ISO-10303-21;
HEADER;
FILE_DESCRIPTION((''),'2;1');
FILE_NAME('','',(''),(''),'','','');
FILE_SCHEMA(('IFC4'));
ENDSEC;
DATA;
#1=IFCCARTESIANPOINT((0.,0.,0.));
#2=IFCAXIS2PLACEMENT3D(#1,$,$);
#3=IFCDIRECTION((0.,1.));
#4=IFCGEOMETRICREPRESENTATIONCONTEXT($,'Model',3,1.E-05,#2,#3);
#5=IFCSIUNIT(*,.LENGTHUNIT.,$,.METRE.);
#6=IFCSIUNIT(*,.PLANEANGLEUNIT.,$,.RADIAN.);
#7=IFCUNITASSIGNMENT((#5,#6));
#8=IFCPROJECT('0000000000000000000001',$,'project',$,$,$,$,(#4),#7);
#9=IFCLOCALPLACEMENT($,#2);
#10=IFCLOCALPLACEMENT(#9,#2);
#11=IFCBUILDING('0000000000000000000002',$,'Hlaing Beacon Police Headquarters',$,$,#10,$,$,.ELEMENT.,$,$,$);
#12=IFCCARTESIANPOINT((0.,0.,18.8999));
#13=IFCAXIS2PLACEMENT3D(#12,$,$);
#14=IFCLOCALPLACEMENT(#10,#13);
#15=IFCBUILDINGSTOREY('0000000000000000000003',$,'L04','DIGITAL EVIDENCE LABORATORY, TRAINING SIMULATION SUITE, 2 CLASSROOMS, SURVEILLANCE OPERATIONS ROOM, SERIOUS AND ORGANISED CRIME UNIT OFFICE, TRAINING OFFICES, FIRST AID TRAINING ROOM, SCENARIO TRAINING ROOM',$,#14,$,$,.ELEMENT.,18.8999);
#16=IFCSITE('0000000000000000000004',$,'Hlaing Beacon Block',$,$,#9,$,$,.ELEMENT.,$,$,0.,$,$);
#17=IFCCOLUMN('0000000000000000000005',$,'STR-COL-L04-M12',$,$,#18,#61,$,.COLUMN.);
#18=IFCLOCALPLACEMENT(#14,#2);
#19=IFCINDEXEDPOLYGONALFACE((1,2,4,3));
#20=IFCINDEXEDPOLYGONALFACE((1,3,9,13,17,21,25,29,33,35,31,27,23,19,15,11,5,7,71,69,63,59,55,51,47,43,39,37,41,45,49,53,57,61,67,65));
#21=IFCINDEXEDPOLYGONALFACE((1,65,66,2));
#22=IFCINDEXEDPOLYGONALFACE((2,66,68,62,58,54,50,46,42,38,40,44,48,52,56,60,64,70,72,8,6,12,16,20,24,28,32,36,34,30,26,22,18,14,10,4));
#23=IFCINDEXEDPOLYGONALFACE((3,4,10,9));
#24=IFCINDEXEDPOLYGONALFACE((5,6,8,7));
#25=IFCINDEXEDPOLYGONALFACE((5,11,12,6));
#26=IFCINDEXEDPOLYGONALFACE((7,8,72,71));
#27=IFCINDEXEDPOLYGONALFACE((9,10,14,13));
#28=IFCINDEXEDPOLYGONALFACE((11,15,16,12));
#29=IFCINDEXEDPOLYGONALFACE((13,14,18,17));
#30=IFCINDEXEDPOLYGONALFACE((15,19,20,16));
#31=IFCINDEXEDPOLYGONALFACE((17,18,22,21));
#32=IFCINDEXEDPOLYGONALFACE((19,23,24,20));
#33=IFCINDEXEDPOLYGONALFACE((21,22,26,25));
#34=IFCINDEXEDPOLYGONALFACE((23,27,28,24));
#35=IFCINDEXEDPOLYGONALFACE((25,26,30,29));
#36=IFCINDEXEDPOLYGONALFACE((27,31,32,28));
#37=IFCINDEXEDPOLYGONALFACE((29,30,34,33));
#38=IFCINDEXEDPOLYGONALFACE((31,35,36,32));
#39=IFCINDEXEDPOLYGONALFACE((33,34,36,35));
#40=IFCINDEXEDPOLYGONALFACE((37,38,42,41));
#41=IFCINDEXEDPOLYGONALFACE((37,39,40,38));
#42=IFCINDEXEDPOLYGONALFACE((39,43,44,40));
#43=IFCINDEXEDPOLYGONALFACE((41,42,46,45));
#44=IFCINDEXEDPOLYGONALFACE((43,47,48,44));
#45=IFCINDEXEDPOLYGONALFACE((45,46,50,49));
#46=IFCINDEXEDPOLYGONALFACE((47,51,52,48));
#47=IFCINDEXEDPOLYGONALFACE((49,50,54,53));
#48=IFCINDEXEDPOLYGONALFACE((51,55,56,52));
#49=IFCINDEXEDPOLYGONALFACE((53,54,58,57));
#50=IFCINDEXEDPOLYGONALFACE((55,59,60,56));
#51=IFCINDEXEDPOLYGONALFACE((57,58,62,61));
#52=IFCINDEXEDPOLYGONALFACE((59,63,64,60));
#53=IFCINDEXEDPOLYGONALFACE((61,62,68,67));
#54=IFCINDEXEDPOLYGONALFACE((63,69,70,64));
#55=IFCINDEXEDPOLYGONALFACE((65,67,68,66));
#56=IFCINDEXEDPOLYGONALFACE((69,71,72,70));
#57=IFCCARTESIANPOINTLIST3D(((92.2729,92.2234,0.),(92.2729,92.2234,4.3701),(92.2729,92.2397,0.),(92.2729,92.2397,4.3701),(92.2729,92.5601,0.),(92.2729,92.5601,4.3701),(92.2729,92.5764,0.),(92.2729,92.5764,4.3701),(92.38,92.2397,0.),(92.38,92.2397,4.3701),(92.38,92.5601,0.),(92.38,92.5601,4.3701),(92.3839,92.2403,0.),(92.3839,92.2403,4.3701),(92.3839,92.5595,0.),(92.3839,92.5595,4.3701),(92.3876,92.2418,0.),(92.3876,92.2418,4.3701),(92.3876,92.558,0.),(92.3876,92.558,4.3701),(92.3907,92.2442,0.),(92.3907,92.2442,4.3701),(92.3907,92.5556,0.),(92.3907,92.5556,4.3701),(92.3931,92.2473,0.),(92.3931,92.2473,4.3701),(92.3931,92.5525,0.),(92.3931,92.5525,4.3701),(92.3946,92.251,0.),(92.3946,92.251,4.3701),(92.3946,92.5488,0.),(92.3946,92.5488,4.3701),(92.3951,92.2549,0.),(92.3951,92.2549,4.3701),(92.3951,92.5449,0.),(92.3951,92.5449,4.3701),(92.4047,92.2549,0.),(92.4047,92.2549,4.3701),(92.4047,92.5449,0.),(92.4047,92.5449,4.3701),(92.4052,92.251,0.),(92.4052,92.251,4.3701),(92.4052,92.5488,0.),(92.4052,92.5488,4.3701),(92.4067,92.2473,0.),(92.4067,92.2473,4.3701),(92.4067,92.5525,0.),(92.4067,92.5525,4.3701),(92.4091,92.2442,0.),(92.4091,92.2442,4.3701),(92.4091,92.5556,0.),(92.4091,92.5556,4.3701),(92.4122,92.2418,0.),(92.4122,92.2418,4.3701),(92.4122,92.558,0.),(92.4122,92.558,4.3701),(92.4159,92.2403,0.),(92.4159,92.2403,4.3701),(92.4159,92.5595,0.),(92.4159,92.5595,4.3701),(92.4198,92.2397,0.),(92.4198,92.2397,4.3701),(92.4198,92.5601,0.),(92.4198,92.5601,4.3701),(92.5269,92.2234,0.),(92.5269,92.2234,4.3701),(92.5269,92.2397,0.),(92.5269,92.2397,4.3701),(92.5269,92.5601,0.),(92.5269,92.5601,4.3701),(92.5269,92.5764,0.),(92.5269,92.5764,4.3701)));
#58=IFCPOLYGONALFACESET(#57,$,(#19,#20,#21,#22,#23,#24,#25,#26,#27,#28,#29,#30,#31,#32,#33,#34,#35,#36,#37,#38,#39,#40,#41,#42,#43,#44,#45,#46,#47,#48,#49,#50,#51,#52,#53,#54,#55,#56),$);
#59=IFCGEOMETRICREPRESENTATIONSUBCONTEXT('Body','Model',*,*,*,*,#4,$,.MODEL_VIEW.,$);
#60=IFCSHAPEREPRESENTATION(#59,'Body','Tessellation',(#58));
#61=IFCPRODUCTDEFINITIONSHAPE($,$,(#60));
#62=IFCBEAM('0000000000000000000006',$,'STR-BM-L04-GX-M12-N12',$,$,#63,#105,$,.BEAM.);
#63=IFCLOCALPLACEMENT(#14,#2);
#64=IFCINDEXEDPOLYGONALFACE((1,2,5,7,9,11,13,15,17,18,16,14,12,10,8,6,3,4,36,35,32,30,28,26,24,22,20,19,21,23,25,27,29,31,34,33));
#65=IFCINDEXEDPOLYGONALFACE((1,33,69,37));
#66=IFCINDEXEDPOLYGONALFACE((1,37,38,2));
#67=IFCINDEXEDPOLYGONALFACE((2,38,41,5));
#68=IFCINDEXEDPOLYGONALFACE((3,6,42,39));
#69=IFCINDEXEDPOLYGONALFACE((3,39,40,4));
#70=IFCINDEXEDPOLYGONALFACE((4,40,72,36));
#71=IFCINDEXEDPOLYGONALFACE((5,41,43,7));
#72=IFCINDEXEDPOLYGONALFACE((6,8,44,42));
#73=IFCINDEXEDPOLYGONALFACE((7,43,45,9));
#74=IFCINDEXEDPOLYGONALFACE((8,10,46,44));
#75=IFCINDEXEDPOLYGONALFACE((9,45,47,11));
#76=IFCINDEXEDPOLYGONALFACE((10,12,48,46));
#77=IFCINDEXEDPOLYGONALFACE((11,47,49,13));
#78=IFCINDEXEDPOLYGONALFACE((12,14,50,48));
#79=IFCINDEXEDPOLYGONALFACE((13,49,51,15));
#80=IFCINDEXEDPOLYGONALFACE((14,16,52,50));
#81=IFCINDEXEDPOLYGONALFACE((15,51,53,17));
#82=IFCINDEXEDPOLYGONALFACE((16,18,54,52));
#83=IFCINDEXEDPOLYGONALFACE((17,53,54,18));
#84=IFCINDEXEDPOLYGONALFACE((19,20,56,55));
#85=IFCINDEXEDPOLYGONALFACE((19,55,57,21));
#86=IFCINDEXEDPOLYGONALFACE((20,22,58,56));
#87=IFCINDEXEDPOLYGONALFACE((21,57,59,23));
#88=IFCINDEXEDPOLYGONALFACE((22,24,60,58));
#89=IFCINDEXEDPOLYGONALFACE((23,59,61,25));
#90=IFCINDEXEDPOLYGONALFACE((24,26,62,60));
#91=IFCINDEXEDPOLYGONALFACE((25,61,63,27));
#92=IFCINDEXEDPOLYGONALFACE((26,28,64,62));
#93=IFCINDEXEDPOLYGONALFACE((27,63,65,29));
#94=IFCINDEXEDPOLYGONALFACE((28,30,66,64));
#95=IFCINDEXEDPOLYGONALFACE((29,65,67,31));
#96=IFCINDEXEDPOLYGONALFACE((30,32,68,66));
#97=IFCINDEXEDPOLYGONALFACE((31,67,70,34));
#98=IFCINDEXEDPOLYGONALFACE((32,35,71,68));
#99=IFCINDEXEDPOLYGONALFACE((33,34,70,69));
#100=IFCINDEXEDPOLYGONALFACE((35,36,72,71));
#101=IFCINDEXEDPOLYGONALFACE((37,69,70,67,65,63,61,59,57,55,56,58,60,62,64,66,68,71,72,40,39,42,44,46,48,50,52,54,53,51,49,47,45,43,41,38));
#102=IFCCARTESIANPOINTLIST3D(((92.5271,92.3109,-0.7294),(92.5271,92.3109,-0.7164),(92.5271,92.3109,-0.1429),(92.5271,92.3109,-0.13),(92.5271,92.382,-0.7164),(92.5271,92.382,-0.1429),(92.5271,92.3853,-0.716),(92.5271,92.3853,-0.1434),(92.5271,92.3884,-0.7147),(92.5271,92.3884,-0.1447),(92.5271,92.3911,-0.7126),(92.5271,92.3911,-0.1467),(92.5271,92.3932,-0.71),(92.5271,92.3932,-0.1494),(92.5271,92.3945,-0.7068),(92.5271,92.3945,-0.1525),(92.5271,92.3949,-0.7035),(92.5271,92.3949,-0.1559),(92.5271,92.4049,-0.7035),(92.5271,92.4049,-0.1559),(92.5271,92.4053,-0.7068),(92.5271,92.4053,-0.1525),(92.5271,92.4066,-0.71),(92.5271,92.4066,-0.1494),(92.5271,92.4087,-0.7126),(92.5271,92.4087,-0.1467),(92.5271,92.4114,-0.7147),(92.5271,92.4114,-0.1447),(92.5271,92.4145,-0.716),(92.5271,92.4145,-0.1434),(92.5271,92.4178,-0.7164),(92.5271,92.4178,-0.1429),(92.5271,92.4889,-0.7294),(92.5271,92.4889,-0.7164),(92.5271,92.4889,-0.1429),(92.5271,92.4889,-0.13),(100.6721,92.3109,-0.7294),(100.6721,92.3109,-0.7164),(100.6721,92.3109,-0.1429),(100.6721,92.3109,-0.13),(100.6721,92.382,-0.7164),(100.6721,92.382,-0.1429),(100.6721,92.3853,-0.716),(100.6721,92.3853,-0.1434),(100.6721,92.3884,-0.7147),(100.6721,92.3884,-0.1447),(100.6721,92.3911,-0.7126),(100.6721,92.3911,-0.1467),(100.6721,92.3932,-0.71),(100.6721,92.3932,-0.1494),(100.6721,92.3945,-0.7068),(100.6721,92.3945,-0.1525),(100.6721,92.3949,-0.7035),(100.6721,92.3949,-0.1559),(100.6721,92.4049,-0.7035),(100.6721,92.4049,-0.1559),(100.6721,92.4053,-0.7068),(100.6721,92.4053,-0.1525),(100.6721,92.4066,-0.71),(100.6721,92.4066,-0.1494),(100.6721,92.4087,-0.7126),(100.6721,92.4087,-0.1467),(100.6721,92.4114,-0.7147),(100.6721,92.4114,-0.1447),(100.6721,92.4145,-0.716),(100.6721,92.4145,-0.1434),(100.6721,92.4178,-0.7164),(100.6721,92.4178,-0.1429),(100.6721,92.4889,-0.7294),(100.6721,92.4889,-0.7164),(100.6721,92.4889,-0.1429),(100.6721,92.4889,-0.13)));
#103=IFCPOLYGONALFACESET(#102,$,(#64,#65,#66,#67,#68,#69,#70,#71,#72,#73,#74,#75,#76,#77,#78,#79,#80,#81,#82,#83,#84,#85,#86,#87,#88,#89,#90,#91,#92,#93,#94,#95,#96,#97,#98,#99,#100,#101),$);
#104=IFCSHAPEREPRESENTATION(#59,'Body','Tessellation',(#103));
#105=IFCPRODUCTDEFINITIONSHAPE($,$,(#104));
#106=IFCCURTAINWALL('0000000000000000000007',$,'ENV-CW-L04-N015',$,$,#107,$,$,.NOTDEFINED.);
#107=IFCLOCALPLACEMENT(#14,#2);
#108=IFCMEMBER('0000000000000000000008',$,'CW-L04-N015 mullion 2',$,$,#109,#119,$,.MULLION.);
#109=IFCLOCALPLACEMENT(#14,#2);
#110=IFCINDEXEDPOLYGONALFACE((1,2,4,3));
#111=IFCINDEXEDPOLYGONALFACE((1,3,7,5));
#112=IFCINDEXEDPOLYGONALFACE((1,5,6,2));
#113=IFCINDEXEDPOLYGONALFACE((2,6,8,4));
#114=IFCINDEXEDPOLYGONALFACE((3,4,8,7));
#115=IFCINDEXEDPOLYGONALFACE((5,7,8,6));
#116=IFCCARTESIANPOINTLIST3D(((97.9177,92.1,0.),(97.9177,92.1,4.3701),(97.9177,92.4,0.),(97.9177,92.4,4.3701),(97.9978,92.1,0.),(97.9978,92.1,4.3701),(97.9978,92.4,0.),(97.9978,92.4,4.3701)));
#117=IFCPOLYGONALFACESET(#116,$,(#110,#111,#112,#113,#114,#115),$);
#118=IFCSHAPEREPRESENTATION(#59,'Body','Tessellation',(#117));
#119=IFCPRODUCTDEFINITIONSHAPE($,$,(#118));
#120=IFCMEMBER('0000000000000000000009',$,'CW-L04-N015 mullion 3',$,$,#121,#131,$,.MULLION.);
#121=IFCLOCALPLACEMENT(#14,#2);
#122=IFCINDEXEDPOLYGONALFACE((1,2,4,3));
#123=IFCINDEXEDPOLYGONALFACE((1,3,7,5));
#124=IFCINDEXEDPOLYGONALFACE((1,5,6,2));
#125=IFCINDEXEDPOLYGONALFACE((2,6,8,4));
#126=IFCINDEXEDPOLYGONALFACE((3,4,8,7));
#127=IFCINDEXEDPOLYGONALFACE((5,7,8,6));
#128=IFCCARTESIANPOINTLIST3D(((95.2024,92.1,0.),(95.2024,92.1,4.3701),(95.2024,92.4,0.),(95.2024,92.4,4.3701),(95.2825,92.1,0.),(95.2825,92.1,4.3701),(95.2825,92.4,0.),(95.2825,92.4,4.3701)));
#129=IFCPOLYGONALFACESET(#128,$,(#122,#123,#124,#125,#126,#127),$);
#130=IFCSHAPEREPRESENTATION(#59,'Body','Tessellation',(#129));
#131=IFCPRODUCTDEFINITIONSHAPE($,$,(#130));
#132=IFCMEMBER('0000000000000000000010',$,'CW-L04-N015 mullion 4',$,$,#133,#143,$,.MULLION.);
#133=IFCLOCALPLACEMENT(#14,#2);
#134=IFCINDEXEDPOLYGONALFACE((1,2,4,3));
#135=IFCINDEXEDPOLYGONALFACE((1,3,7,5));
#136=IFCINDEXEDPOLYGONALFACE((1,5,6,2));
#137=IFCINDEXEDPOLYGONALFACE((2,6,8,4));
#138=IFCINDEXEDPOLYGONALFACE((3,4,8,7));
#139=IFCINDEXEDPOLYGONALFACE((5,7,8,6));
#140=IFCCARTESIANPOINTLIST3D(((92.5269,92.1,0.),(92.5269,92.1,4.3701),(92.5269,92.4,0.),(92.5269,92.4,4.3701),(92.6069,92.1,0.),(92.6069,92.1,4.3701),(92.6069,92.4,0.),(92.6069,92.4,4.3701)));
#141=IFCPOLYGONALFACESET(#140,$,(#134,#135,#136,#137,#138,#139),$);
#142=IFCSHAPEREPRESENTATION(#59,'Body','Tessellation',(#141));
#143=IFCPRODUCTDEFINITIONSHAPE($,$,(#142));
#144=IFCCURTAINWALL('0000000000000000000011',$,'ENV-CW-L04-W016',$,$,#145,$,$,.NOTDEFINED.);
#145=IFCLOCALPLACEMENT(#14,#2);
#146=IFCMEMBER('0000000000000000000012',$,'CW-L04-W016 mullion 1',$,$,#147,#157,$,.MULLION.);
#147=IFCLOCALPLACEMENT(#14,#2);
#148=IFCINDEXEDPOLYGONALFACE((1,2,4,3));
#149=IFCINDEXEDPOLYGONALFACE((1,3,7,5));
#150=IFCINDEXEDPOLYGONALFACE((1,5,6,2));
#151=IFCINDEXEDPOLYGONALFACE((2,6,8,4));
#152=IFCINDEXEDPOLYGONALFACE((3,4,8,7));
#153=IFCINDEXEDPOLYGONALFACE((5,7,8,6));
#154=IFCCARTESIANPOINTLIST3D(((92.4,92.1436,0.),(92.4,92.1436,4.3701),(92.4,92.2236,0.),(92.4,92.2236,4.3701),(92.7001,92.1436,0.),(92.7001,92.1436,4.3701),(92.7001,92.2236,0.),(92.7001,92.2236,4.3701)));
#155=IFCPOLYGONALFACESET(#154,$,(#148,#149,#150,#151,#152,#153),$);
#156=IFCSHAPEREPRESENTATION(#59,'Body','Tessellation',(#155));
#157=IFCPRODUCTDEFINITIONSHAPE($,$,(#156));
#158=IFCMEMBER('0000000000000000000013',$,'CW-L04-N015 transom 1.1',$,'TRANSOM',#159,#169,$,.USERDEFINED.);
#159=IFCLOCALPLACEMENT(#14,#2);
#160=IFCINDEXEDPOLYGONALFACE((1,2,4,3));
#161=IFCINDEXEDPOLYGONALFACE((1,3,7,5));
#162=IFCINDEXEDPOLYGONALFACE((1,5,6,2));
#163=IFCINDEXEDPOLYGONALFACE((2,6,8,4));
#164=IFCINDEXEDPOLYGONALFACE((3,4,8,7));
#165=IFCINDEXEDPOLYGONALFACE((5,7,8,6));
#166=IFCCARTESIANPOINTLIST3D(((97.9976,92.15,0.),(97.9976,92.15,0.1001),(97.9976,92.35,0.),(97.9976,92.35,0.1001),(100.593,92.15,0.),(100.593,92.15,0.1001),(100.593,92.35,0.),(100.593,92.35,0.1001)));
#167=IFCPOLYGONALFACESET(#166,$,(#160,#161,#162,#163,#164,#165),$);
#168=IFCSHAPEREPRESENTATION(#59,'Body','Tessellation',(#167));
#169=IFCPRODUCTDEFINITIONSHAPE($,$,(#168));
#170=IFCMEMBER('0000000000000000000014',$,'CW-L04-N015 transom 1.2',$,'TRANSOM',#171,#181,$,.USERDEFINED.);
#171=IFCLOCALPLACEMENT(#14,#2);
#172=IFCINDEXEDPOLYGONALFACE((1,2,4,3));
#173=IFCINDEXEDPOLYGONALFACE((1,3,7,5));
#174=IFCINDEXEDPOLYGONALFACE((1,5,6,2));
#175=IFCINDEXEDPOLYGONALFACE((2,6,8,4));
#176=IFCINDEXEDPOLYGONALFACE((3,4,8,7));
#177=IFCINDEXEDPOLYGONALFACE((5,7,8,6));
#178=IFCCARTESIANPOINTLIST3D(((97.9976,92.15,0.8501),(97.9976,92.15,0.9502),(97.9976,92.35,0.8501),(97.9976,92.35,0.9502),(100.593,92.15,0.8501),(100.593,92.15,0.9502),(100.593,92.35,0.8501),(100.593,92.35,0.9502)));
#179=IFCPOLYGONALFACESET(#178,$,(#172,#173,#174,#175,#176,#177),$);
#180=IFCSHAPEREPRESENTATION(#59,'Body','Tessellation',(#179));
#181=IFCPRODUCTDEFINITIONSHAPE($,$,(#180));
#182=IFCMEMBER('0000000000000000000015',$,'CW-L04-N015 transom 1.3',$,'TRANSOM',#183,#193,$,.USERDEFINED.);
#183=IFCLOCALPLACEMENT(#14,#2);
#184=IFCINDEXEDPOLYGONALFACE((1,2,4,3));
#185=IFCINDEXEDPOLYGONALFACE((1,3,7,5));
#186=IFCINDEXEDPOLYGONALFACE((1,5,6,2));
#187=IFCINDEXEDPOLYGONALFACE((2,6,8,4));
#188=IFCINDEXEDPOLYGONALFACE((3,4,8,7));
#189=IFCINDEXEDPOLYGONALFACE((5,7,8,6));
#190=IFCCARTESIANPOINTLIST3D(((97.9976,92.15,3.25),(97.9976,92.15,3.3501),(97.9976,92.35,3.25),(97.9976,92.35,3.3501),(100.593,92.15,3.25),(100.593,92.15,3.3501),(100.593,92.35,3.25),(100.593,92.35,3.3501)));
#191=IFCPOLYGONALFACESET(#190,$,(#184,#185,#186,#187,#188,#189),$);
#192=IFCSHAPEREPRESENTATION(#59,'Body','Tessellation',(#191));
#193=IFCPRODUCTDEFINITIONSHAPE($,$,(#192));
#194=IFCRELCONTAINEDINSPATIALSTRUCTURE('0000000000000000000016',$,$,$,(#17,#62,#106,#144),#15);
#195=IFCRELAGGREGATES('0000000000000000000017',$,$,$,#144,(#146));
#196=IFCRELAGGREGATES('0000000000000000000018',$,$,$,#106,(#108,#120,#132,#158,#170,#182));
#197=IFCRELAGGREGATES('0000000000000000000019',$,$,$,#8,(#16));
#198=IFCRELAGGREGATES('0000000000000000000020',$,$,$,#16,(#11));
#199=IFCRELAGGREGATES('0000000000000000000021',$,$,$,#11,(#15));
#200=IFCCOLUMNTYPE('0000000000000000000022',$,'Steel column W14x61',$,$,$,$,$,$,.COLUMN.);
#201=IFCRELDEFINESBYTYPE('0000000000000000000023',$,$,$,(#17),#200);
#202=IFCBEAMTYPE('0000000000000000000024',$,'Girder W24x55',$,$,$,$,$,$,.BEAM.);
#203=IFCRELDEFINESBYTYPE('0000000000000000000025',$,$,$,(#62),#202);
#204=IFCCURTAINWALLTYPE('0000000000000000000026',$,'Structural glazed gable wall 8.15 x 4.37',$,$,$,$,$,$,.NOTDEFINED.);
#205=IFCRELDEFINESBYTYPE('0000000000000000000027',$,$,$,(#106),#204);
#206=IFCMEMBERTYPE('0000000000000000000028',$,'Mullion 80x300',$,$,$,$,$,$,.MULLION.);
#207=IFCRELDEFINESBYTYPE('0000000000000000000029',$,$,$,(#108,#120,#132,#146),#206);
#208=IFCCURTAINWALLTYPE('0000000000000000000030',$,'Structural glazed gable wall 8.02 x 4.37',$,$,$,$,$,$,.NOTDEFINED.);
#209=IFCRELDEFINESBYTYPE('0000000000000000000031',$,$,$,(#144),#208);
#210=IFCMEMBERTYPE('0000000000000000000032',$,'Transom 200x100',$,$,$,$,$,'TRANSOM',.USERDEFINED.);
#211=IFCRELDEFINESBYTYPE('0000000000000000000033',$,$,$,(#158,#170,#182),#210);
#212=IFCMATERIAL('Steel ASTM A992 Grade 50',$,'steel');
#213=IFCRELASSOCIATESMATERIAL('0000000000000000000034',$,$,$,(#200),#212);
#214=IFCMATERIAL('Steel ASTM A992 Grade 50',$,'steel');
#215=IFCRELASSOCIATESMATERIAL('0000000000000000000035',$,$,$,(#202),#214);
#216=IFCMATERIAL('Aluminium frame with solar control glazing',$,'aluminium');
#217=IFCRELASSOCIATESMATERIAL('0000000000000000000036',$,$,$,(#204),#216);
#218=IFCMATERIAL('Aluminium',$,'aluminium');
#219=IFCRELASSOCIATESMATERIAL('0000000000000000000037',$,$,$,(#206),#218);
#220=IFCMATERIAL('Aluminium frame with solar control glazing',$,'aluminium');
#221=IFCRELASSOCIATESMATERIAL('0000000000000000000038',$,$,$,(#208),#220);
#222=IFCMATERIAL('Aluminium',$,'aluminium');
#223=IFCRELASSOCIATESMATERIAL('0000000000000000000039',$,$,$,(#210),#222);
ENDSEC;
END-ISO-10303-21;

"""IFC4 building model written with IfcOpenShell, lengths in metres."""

from ifc_helpers import new_model, si_unit, direction, frame, origin, origin_2d, place, context, subcontext, project, spatial, rectangle, i_section, extrude, material, material_profile, profile_set, type_object, element, aggregate, save


model = new_model("IFC4")

# Units and contexts
model_context = context("Model", 3, precision=1e-05, world=origin(), true_north=direction((0.0, 1.0)))
body_context = subcontext(model_context, "Body", "Model", "MODEL_VIEW")
ifc_project = project(units=[si_unit("LENGTHUNIT", "METRE"), si_unit("PLANEANGLEUNIT", "RADIAN")], contexts=[model_context])

# Site, building, storey
site_placement = place(None, origin())
site = spatial("IfcSite", under=ifc_project, at=site_placement, Name="Hlaing Beacon Block", CompositionType="ELEMENT", RefElevation=0.0)
building_placement = place(site_placement, origin())
building = spatial("IfcBuilding", under=site, at=building_placement, Name="Hlaing Beacon Police Headquarters", CompositionType="ELEMENT")
storey_placement = place(building_placement, frame((0.0, 0.0, 18.8999)))
storey = spatial("IfcBuildingStorey", under=building, at=storey_placement, Name="L04", Description="DIGITAL EVIDENCE LABORATORY, TRAINING SIMULATION SUITE, 2 CLASSROOMS, SURVEILLANCE OPERATIONS ROOM, SERIOUS AND ORGANISED CRIME UNIT OFFICE, TRAINING OFFICES, FIRST AID TRAINING ROOM, SCENARIO TRAINING ROOM", CompositionType="ELEMENT", Elevation=18.8999)

# Column
ifc_material_1 = material(Name="Steel ASTM A992 Grade 50", Category="steel")
ifc_material_profile_1 = material_profile(ifc_material_1, i_section(OverallWidth=0.2539, OverallDepth=0.353, WebThickness=0.0095, FlangeThickness=0.0164, FilletRadius=0.0151, at=origin_2d()), Name="W14x61")
ifc_profile_set_1 = profile_set([ifc_material_profile_1], Name="Steel ASTM A992 Grade 50")
column_type = type_object("IfcColumnType", Name="Steel column W14x61", PredefinedType="COLUMN", material=ifc_profile_set_1)
column_placement = place(storey_placement, frame((92.3999, 92.3999, 0.0), z_axis=(0.0, 0.0, 1.0), x_axis=(1.0, 0.0, 0.0)))
element("IfcColumn", 1, at=column_placement, inside=storey, type_object=column_type, Name="STR-COL-L04-M12", PredefinedType="COLUMN", context=body_context, shape_type="SweptSolid", body=[
    extrude(i_section(OverallWidth=0.2539, OverallDepth=0.353, WebThickness=0.0095, FlangeThickness=0.0164, FilletRadius=0.0151, at=origin_2d()), origin(), (0.0, 0.0, 1.0), 4.3701),
])

# Beam
ifc_material_2 = material(Name="Steel ASTM A992 Grade 50", Category="steel")
ifc_material_profile_2 = material_profile(ifc_material_2, i_section(OverallWidth=0.178, OverallDepth=0.5994, WebThickness=0.01, FlangeThickness=0.0129, FilletRadius=0.0129, at=origin_2d()), Name="W24x55")
ifc_profile_set_2 = profile_set([ifc_material_profile_2], Name="Steel ASTM A992 Grade 50")
beam_type = type_object("IfcBeamType", Name="Girder W24x55", PredefinedType="BEAM", material=ifc_profile_set_2)
beam_placement = place(storey_placement, frame((92.5271, 92.3999, -0.4297), z_axis=(1.0, 0.0, 0.0), x_axis=(0.0, 1.0, 0.0)))
element("IfcBeam", 2, at=beam_placement, inside=storey, type_object=beam_type, Name="STR-BM-L04-GX-M12-N12", PredefinedType="BEAM", context=body_context, shape_type="SweptSolid", body=[
    extrude(i_section(OverallWidth=0.178, OverallDepth=0.5994, WebThickness=0.01, FlangeThickness=0.0129, FilletRadius=0.0129, at=origin_2d()), origin(), (0.0, 0.0, 1.0), 8.145),
])

# Curtain wall, members
ifc_material_3 = material(Name="Aluminium frame with solar control glazing", Category="aluminium")
curtain_wall_type_1 = type_object("IfcCurtainWallType", Name="Structural glazed gable wall 8.15 x 4.37", PredefinedType="NOTDEFINED", material=ifc_material_3)
curtain_wall_1_placement = place(storey_placement, origin())
curtain_wall_1 = element("IfcCurtainWall", 3, at=curtain_wall_1_placement, inside=storey, type_object=curtain_wall_type_1, Name="ENV-CW-L04-N015", PredefinedType="NOTDEFINED")
ifc_material_4 = material(Name="Aluminium", Category="aluminium")
ifc_material_profile_3 = material_profile(ifc_material_4, rectangle(XDim=0.3, YDim=0.0801, at=origin_2d()), Name="Mullion 80x300")
ifc_profile_set_3 = profile_set([ifc_material_profile_3], Name="Aluminium")
member_type_1 = type_object("IfcMemberType", Name="Mullion 80x300", PredefinedType="MULLION", material=ifc_profile_set_3)
member_1_placement = place(storey_placement, frame((97.9578, 92.25, 0.0), z_axis=(0.0, 0.0, 1.0), x_axis=(0.0, -1.0, 0.0)))
member_1 = element("IfcMember", 4, at=member_1_placement, type_object=member_type_1, Name="CW-L04-N015 mullion 2", PredefinedType="MULLION", context=body_context, shape_type="SweptSolid", body=[
    extrude(rectangle(XDim=0.3, YDim=0.0801, at=origin_2d()), origin(), (0.0, 0.0, 1.0), 4.3701),
])
member_2_placement = place(storey_placement, frame((95.2424, 92.25, 0.0), z_axis=(0.0, 0.0, 1.0), x_axis=(0.0, -1.0, 0.0)))
member_2 = element("IfcMember", 5, at=member_2_placement, type_object=member_type_1, Name="CW-L04-N015 mullion 3", PredefinedType="MULLION", context=body_context, shape_type="SweptSolid", body=[
    extrude(rectangle(XDim=0.3, YDim=0.0801, at=origin_2d()), origin(), (0.0, 0.0, 1.0), 4.3701),
])
member_3_placement = place(storey_placement, frame((92.5669, 92.25, 0.0), z_axis=(0.0, 0.0, 1.0), x_axis=(0.0, -1.0, 0.0)))
member_3 = element("IfcMember", 6, at=member_3_placement, type_object=member_type_1, Name="CW-L04-N015 mullion 4", PredefinedType="MULLION", context=body_context, shape_type="SweptSolid", body=[
    extrude(rectangle(XDim=0.3, YDim=0.0801, at=origin_2d()), origin(), (0.0, 0.0, 1.0), 4.3701),
])

# Curtain wall, member
ifc_material_5 = material(Name="Aluminium frame with solar control glazing", Category="aluminium")
curtain_wall_type_2 = type_object("IfcCurtainWallType", Name="Structural glazed gable wall 8.02 x 4.37", PredefinedType="NOTDEFINED", material=ifc_material_5)
curtain_wall_2_placement = place(storey_placement, origin())
curtain_wall_2 = element("IfcCurtainWall", 7, at=curtain_wall_2_placement, inside=storey, type_object=curtain_wall_type_2, Name="ENV-CW-L04-W016", PredefinedType="NOTDEFINED")
member_4_placement = place(storey_placement, frame((92.55, 92.1836, 0.0), z_axis=(0.0, 0.0, 1.0), x_axis=(1.0, 0.0, 0.0)))
member_4 = element("IfcMember", 8, at=member_4_placement, type_object=member_type_1, Name="CW-L04-W016 mullion 1", PredefinedType="MULLION", context=body_context, shape_type="SweptSolid", body=[
    extrude(rectangle(XDim=0.3, YDim=0.0801, at=origin_2d()), origin(), (0.0, 0.0, 1.0), 4.3701),
])

# Members
ifc_material_6 = material(Name="Aluminium", Category="aluminium")
ifc_material_profile_4 = material_profile(ifc_material_6, rectangle(XDim=0.2, YDim=0.1001, at=origin_2d()), Name="Transom 200x100")
ifc_profile_set_4 = profile_set([ifc_material_profile_4], Name="Aluminium")
member_type_2 = type_object("IfcMemberType", Name="Transom 200x100", ElementType="TRANSOM", PredefinedType="USERDEFINED", material=ifc_profile_set_4)
member_5_placement = place(storey_placement, frame((100.593, 92.25, 0.05), z_axis=(-1.0, 0.0, 0.0), x_axis=(0.0, -1.0, 0.0)))
member_5 = element("IfcMember", 9, at=member_5_placement, type_object=member_type_2, Name="CW-L04-N015 transom 1.1", ObjectType="TRANSOM", PredefinedType="USERDEFINED", context=body_context, shape_type="SweptSolid", body=[
    extrude(rectangle(XDim=0.2, YDim=0.1001, at=origin_2d()), origin(), (0.0, 0.0, 1.0), 2.5955),
])
member_6_placement = place(storey_placement, frame((100.593, 92.25, 0.9001), z_axis=(-1.0, 0.0, 0.0), x_axis=(0.0, -1.0, 0.0)))
member_6 = element("IfcMember", 10, at=member_6_placement, type_object=member_type_2, Name="CW-L04-N015 transom 1.2", ObjectType="TRANSOM", PredefinedType="USERDEFINED", context=body_context, shape_type="SweptSolid", body=[
    extrude(rectangle(XDim=0.2, YDim=0.1001, at=origin_2d()), origin(), (0.0, 0.0, 1.0), 2.5955),
])
member_7_placement = place(storey_placement, frame((100.593, 92.25, 3.3), z_axis=(-1.0, 0.0, 0.0), x_axis=(0.0, -1.0, 0.0)))
member_7 = element("IfcMember", 11, at=member_7_placement, type_object=member_type_2, Name="CW-L04-N015 transom 1.3", ObjectType="TRANSOM", PredefinedType="USERDEFINED", context=body_context, shape_type="SweptSolid", body=[
    extrude(rectangle(XDim=0.2, YDim=0.1001, at=origin_2d()), origin(), (0.0, 0.0, 1.0), 2.5955),
])

aggregate(curtain_wall_2, [member_4])
aggregate(curtain_wall_1, [member_1, member_2, member_3, member_5, member_6, member_7])

save(model, "model.ifc")
